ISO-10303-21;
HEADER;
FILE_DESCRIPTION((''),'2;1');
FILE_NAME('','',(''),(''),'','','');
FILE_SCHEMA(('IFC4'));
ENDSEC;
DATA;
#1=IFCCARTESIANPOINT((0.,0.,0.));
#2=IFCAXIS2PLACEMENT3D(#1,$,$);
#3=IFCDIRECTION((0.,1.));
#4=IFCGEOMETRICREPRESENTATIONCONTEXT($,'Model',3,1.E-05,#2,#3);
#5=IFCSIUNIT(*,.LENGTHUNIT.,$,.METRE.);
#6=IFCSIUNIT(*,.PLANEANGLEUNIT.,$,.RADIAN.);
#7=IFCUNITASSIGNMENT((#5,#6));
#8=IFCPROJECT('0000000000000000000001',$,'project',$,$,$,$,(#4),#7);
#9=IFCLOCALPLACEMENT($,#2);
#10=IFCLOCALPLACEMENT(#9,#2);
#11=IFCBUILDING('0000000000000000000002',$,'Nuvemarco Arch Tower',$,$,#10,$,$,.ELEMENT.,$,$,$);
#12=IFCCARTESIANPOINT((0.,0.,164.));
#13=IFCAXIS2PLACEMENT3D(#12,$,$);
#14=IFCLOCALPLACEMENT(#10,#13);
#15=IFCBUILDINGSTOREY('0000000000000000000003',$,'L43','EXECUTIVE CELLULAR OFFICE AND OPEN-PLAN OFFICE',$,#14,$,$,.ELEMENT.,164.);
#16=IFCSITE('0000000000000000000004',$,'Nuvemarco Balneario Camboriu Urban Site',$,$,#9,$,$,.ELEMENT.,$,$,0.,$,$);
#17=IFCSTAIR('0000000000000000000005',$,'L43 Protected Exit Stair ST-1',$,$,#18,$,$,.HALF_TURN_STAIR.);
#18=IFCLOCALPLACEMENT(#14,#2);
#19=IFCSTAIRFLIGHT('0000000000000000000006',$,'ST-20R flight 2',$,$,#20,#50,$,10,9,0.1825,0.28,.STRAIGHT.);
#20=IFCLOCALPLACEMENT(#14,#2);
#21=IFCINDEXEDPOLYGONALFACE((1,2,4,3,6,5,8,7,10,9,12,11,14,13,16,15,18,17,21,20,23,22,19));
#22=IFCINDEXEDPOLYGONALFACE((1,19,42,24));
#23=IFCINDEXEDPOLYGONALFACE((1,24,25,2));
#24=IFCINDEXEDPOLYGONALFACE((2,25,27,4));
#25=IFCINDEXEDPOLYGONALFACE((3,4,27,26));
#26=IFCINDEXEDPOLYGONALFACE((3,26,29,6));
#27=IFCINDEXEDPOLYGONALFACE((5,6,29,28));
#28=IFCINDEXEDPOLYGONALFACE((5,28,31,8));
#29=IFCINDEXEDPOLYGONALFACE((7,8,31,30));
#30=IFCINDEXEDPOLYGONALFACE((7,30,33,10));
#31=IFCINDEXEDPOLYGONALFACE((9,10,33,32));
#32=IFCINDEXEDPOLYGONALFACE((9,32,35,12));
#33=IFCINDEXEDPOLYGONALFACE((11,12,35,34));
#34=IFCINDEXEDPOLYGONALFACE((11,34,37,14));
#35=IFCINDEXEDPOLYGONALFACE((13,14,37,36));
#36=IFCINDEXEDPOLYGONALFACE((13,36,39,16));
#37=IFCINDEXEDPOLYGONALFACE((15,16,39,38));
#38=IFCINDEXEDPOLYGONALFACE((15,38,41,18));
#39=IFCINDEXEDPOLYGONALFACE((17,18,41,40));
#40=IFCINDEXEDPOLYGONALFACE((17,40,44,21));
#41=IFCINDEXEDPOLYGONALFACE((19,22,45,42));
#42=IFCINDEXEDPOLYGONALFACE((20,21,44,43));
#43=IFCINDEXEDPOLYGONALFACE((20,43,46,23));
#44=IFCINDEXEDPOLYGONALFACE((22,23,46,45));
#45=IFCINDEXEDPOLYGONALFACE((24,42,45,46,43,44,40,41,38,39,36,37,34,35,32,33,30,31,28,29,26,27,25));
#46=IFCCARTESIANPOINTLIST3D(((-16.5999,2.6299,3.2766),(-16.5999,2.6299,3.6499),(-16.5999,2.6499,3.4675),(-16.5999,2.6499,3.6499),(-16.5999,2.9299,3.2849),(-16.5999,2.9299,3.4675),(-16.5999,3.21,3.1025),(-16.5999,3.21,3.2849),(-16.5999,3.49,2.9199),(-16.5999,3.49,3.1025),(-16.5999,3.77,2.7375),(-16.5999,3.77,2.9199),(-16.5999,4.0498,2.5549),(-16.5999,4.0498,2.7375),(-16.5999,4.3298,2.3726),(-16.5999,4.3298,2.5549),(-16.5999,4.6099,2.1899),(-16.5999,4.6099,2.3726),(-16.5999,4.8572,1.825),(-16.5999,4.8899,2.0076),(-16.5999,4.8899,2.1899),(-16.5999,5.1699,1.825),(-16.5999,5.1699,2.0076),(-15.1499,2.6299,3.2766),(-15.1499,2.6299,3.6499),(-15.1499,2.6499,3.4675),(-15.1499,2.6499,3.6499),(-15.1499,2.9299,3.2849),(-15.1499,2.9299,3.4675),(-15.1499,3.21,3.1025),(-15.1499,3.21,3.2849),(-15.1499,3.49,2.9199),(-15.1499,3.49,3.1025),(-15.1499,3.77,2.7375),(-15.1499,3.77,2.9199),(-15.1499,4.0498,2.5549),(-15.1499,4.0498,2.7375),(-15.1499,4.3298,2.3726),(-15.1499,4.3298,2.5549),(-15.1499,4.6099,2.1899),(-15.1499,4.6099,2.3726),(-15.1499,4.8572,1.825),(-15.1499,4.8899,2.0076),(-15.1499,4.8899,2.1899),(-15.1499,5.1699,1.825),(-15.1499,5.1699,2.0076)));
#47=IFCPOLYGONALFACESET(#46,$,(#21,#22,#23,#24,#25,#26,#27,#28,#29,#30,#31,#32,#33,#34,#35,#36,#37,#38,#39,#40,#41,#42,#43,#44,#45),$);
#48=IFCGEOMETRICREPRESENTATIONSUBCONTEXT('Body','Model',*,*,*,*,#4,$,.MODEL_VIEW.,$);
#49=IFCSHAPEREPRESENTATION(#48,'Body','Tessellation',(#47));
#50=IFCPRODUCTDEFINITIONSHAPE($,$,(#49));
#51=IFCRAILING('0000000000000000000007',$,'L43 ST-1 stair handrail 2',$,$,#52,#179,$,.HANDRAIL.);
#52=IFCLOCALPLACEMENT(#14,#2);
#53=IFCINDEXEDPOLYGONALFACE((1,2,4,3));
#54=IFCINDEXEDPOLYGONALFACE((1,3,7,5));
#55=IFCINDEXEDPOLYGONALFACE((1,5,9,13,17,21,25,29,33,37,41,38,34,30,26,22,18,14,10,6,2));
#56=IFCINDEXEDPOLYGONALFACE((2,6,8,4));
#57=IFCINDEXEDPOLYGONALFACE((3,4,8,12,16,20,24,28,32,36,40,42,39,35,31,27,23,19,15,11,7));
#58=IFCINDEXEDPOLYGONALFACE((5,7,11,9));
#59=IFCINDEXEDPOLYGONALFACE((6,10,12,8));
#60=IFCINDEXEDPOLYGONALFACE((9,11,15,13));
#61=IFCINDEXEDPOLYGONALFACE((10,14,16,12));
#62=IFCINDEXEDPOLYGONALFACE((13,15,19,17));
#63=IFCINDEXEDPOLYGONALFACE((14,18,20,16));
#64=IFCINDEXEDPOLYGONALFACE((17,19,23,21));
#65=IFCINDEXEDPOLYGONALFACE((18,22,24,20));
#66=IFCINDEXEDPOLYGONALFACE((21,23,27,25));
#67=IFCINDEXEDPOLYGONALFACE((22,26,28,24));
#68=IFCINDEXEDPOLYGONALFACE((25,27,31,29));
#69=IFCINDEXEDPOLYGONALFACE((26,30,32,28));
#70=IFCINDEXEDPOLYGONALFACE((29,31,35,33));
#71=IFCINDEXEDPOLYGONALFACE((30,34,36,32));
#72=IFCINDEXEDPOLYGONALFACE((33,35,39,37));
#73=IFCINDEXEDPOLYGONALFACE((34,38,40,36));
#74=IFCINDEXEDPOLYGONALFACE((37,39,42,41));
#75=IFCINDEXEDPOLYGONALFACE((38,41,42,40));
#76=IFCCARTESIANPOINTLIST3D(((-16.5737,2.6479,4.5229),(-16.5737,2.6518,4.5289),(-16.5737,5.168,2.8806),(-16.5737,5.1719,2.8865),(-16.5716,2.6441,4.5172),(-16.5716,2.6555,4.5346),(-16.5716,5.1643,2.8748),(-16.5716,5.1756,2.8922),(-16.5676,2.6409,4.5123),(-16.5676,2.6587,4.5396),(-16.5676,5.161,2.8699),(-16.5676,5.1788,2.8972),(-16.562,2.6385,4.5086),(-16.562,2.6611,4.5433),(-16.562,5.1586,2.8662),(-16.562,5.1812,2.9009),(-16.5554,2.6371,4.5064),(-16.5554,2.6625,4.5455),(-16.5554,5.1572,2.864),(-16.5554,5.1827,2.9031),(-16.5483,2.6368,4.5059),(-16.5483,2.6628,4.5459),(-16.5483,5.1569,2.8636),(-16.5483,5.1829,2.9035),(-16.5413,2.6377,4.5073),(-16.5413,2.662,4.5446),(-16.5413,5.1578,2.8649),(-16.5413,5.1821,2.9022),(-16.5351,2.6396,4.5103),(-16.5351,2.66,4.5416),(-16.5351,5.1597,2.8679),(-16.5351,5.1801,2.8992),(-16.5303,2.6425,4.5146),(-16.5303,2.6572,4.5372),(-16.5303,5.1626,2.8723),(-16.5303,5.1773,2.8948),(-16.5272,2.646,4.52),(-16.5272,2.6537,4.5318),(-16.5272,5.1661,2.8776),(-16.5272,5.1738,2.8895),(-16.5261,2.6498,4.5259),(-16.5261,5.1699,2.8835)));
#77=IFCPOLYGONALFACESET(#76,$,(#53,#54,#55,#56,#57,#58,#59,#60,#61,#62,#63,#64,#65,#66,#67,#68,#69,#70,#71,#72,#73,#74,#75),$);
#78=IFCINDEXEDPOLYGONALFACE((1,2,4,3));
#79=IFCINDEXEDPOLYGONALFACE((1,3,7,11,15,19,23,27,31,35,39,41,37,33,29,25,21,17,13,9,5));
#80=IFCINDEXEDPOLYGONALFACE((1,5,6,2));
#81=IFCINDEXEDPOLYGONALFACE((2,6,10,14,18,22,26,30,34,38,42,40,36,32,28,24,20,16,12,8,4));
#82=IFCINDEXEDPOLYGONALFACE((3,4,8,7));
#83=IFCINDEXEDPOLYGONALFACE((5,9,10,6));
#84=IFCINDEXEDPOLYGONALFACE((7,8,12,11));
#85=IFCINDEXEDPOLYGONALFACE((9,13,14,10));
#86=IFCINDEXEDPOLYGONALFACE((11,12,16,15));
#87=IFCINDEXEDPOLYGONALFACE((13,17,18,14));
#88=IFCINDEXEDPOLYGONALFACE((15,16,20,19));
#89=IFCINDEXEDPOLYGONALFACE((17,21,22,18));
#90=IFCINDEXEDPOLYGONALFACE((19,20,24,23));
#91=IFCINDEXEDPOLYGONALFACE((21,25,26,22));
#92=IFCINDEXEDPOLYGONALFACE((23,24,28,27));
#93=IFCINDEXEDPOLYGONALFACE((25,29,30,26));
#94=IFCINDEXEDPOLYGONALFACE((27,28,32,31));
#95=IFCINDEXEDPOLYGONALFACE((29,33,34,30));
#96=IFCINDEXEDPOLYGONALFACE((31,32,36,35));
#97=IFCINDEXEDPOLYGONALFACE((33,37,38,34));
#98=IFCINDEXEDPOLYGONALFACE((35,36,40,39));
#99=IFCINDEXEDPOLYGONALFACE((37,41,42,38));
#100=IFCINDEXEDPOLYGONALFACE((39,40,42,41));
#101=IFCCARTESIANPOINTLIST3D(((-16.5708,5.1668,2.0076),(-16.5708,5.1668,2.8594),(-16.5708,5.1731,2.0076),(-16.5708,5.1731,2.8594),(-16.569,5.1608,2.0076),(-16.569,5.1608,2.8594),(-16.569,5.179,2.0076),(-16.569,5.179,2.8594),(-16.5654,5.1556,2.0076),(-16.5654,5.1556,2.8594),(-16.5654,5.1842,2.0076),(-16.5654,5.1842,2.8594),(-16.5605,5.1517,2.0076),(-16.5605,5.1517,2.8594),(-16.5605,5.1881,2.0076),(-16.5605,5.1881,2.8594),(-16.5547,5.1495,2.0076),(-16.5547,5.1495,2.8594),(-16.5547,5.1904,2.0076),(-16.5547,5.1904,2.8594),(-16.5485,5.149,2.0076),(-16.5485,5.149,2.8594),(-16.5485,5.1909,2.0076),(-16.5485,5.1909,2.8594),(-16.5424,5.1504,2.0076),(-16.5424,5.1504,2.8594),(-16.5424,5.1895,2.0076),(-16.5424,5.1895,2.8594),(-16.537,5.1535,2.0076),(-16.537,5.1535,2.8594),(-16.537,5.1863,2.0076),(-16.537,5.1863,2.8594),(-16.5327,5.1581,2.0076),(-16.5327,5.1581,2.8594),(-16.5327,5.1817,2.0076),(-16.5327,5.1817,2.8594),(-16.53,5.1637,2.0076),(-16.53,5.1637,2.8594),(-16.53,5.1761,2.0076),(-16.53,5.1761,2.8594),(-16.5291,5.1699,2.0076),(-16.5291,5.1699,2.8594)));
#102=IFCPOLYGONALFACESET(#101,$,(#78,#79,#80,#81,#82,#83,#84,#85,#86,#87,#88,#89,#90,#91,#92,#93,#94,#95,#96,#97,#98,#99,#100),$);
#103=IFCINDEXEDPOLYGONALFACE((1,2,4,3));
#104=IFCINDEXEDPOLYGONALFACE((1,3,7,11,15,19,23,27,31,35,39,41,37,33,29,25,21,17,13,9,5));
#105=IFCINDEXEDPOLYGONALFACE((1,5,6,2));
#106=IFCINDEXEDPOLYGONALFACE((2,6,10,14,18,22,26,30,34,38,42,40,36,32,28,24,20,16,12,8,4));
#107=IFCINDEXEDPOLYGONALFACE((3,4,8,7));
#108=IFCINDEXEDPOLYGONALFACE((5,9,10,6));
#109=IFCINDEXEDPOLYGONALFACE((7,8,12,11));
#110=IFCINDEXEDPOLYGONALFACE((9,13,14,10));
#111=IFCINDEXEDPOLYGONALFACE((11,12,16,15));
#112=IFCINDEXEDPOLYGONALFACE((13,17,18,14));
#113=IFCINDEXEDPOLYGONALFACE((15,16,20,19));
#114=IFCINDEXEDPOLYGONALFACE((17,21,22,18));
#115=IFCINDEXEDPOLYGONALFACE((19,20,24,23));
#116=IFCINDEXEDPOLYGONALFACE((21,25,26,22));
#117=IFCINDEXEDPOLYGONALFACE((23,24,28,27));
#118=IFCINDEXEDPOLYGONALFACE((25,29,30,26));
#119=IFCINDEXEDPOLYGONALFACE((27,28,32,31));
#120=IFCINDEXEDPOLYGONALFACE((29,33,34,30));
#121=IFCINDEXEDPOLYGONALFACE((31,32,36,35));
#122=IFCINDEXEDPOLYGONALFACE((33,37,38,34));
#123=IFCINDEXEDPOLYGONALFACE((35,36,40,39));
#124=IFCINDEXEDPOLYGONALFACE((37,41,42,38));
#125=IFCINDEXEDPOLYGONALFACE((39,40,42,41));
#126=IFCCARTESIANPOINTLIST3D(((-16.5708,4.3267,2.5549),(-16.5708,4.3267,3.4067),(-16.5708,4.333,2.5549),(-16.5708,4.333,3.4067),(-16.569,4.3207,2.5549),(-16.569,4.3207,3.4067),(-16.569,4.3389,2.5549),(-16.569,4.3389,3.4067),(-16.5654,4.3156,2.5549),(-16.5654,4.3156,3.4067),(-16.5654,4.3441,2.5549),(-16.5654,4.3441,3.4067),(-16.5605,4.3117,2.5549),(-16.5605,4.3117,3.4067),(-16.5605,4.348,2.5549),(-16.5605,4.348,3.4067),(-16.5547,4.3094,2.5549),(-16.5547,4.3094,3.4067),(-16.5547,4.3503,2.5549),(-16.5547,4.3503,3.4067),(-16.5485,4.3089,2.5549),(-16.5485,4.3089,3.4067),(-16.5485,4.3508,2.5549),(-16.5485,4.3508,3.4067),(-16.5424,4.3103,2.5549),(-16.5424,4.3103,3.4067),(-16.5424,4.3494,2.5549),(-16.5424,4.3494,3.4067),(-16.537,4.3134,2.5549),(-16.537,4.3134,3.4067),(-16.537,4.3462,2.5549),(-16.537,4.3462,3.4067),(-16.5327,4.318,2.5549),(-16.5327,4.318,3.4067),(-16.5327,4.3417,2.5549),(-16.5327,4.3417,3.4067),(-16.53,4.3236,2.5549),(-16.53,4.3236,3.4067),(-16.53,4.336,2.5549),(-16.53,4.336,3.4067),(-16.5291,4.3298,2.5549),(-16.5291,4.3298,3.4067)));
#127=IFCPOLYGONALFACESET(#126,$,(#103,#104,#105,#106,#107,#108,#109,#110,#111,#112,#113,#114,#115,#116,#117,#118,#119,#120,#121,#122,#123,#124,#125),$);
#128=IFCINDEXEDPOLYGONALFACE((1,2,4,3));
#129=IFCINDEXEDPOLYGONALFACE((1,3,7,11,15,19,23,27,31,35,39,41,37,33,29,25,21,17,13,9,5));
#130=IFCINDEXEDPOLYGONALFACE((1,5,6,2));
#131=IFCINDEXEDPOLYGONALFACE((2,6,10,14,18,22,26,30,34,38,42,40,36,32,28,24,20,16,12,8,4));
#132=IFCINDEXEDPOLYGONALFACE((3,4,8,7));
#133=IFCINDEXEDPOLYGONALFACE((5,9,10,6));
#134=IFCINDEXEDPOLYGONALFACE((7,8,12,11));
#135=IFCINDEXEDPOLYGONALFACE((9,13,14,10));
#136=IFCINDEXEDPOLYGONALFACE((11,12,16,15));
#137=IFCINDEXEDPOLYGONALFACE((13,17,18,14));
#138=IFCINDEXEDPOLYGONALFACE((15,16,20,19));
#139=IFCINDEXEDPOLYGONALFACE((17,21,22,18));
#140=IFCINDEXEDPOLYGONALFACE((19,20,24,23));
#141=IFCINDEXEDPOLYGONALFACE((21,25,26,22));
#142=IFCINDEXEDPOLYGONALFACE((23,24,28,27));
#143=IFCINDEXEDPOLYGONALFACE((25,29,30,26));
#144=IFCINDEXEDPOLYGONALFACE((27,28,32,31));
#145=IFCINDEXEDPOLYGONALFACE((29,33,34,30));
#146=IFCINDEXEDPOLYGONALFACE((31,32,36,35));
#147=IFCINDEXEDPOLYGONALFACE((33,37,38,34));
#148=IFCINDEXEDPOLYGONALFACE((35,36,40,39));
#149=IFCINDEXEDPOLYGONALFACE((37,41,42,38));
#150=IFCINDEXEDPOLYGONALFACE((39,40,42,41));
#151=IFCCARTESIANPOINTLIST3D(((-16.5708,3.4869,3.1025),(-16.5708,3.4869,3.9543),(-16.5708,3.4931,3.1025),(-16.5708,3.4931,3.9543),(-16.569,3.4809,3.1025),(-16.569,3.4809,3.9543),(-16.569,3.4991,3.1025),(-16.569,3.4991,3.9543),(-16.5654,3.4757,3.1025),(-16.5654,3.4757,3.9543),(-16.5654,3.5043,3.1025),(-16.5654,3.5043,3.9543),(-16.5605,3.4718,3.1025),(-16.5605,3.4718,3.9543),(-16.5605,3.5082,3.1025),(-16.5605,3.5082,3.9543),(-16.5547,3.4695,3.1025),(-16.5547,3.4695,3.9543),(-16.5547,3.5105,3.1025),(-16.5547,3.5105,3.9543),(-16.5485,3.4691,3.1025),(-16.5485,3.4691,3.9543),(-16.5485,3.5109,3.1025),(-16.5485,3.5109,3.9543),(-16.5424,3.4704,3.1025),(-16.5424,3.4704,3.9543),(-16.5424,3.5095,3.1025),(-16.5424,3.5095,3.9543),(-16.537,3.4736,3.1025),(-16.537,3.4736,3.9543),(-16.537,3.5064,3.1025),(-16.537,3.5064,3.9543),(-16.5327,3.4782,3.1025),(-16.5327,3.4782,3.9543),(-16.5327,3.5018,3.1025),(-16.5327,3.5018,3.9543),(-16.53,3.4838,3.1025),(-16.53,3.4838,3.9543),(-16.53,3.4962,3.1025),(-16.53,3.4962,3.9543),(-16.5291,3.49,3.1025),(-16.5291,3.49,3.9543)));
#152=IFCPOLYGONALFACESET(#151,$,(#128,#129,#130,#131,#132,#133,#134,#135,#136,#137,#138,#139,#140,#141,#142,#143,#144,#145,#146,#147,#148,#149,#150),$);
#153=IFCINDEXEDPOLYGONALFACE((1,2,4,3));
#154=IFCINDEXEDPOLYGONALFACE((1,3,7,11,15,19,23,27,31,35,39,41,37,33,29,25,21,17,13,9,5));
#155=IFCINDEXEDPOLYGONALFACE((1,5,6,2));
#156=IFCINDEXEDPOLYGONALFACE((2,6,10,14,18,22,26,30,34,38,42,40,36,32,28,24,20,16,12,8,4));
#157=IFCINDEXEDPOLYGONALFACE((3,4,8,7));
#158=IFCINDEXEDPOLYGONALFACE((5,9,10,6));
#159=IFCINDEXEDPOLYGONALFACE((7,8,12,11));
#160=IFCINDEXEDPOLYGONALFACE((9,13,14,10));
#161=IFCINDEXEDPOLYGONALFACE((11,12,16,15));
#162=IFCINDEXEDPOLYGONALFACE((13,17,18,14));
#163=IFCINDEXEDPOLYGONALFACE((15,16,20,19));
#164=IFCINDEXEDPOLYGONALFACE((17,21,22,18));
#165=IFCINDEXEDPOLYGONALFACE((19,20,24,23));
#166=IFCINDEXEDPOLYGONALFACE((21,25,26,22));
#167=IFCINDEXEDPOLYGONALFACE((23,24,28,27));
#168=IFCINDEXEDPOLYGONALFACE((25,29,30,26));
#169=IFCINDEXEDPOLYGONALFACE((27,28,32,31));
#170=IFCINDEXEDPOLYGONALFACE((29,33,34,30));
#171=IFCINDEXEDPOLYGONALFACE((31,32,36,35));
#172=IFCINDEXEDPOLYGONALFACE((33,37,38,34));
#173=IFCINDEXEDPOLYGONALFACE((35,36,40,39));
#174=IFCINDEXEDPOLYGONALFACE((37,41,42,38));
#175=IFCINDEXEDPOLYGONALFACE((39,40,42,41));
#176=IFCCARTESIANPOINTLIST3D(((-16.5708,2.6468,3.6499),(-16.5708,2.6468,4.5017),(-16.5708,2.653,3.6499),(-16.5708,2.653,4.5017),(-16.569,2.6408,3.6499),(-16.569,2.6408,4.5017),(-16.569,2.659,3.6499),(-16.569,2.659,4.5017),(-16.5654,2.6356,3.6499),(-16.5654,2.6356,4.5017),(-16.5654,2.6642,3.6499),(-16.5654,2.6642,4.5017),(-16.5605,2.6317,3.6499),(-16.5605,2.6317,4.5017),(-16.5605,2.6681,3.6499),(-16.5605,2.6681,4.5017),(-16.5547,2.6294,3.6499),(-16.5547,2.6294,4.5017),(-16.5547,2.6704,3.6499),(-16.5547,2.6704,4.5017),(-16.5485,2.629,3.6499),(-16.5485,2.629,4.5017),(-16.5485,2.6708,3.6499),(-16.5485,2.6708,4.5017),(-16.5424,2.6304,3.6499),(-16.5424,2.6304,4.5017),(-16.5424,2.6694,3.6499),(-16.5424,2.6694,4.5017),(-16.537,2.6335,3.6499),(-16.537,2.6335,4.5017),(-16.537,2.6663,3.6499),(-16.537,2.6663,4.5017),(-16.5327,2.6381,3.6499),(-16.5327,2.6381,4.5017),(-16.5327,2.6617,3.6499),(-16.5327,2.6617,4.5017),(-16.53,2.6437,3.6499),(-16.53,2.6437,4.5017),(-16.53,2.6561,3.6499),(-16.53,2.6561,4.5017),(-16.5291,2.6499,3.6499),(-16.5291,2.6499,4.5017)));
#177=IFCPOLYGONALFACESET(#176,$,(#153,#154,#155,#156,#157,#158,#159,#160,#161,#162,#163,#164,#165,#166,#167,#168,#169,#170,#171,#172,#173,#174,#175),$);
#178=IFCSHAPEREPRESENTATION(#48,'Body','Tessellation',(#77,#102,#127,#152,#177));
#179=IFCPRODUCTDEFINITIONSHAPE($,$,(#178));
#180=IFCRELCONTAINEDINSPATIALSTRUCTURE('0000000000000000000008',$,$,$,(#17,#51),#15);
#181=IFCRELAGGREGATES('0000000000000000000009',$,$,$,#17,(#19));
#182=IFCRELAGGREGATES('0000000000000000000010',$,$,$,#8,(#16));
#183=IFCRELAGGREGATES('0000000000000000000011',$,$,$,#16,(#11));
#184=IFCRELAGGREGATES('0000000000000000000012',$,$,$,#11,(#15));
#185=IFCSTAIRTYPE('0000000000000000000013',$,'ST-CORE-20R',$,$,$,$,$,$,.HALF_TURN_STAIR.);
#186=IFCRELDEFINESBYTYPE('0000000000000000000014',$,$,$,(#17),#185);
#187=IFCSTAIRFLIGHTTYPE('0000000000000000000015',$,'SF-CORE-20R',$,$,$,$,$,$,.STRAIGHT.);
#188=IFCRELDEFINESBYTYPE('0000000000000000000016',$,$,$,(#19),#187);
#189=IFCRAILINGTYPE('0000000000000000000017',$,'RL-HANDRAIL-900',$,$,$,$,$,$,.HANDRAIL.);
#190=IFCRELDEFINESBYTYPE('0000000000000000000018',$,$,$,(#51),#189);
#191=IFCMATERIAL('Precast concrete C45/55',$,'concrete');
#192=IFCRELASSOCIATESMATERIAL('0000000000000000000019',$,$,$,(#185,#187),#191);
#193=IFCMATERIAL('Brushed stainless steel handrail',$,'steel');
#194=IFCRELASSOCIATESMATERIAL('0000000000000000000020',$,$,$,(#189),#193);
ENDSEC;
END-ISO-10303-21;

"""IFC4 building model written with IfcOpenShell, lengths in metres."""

from ifc_helpers import new_model, si_unit, direction, frame, origin, origin_2d, place, context, subcontext, project, spatial, polyline, circle, outline, extrude, material, type_object, element, aggregate, save


model = new_model("IFC4")

# Units and contexts
model_context = context("Model", 3, precision=1e-05, world=origin(), true_north=direction((0.0, 1.0)))
body_context = subcontext(model_context, "Body", "Model", "MODEL_VIEW")
ifc_project = project(units=[si_unit("LENGTHUNIT", "METRE"), si_unit("PLANEANGLEUNIT", "RADIAN")], contexts=[model_context])

# Site, building, storey
site_placement = place(None, origin())
site = spatial("IfcSite", under=ifc_project, at=site_placement, Name="Nuvemarco Balneario Camboriu Urban Site", CompositionType="ELEMENT", RefElevation=0.0)
building_placement = place(site_placement, origin())
building = spatial("IfcBuilding", under=site, at=building_placement, Name="Nuvemarco Arch Tower", CompositionType="ELEMENT")
storey_placement = place(building_placement, frame((0.0, 0.0, 164.0)))
storey = spatial("IfcBuildingStorey", under=building, at=storey_placement, Name="L43", Description="EXECUTIVE CELLULAR OFFICE AND OPEN-PLAN OFFICE", CompositionType="ELEMENT", Elevation=164.0)

# Shared definitions
ifc_material_1 = material(Name="Precast concrete C45/55", Category="concrete")

# Stair, stair flight
stair_type = type_object("IfcStairType", Name="ST-CORE-20R", PredefinedType="HALF_TURN_STAIR", material=ifc_material_1)
stair_placement = place(storey_placement, origin())
stair = element("IfcStair", 1, at=stair_placement, inside=storey, type_object=stair_type, Name="L43 Protected Exit Stair ST-1", PredefinedType="HALF_TURN_STAIR")
stair_flight_type = type_object("IfcStairFlightType", Name="SF-CORE-20R", PredefinedType="STRAIGHT", material=ifc_material_1)
stair_flight_placement = place(storey_placement, frame((-15.875, 5.1699, 1.825), z_axis=(0.0, 0.0, 1.0), x_axis=(0.0, -1.0, 0.0)))
stair_flight = element("IfcStairFlight", 2, at=stair_flight_placement, type_object=stair_flight_type, Name="ST-20R flight 2", NumberOfRisers=10, NumberOfTreads=9, PredefinedType="STRAIGHT", RiserHeight=0.1825, TreadLength=0.28, context=body_context, shape_type="SweptSolid", body=[
    extrude(outline(polyline([(0.0, 0.0), (0.0, 0.1826), (0.28, 0.1826), (0.28, 0.365), (0.5601, 0.365), (0.5601, 0.5476), (0.8401, 0.5476), (0.8401, 0.73), (1.1201, 0.73), (1.1201, 0.9126), (1.3999, 0.9126), (1.3999, 1.095), (1.6799, 1.095), (1.6799, 1.2776), (1.96, 1.2776), (1.96, 1.46), (2.24, 1.46), (2.24, 1.6426), (2.52, 1.6426), (2.52, 1.825), (2.54, 1.825), (2.54, 1.4517), (0.3127, 0.0), (0.0, 0.0)])), frame((0.0, 0.7251, 0.0), z_axis=(0.0, -1.0, 0.0), x_axis=(1.0, 0.0, 0.0)), (0.0, 0.0, 1.0), 1.45),
])
aggregate(stair, [stair_flight])

# Railing
ifc_material_2 = material(Name="Brushed stainless steel handrail", Category="steel")
railing_type_1 = type_object("IfcRailingType", Name="RL-HANDRAIL-900", PredefinedType="HANDRAIL", material=ifc_material_2)
railing_1_placement = place(storey_placement, frame((-16.55, 5.1699, 2.0076)))
element("IfcRailing", 3, at=railing_1_placement, inside=storey, type_object=railing_type_1, Name="L43 ST-1 stair handrail 2", PredefinedType="HANDRAIL", context=body_context, shape_type="SweptSolid", body=[
    extrude(circle(Radius=0.0239, at=origin_2d()), frame((0.0, 0.0, 0.876), z_axis=(0.0, -0.837787, 0.545998), x_axis=(1.0, 0.0, 0.0)), (0.0, 0.0, 1.0), 3.0081),
    extrude(circle(Radius=0.021, at=origin_2d()), origin(), (0.0, 0.0, 1.0), 0.8518),
    extrude(circle(Radius=0.021, at=origin_2d()), frame((0.0, -0.8401, 0.5474)), (0.0, 0.0, 1.0), 0.8518),
    extrude(circle(Radius=0.021, at=origin_2d()), frame((0.0, -1.6799, 1.095)), (0.0, 0.0, 1.0), 0.8518),
    extrude(circle(Radius=0.021, at=origin_2d()), frame((0.0, -2.52, 1.6423)), (0.0, 0.0, 1.0), 0.8518),
])

save(model, "model.ifc")
